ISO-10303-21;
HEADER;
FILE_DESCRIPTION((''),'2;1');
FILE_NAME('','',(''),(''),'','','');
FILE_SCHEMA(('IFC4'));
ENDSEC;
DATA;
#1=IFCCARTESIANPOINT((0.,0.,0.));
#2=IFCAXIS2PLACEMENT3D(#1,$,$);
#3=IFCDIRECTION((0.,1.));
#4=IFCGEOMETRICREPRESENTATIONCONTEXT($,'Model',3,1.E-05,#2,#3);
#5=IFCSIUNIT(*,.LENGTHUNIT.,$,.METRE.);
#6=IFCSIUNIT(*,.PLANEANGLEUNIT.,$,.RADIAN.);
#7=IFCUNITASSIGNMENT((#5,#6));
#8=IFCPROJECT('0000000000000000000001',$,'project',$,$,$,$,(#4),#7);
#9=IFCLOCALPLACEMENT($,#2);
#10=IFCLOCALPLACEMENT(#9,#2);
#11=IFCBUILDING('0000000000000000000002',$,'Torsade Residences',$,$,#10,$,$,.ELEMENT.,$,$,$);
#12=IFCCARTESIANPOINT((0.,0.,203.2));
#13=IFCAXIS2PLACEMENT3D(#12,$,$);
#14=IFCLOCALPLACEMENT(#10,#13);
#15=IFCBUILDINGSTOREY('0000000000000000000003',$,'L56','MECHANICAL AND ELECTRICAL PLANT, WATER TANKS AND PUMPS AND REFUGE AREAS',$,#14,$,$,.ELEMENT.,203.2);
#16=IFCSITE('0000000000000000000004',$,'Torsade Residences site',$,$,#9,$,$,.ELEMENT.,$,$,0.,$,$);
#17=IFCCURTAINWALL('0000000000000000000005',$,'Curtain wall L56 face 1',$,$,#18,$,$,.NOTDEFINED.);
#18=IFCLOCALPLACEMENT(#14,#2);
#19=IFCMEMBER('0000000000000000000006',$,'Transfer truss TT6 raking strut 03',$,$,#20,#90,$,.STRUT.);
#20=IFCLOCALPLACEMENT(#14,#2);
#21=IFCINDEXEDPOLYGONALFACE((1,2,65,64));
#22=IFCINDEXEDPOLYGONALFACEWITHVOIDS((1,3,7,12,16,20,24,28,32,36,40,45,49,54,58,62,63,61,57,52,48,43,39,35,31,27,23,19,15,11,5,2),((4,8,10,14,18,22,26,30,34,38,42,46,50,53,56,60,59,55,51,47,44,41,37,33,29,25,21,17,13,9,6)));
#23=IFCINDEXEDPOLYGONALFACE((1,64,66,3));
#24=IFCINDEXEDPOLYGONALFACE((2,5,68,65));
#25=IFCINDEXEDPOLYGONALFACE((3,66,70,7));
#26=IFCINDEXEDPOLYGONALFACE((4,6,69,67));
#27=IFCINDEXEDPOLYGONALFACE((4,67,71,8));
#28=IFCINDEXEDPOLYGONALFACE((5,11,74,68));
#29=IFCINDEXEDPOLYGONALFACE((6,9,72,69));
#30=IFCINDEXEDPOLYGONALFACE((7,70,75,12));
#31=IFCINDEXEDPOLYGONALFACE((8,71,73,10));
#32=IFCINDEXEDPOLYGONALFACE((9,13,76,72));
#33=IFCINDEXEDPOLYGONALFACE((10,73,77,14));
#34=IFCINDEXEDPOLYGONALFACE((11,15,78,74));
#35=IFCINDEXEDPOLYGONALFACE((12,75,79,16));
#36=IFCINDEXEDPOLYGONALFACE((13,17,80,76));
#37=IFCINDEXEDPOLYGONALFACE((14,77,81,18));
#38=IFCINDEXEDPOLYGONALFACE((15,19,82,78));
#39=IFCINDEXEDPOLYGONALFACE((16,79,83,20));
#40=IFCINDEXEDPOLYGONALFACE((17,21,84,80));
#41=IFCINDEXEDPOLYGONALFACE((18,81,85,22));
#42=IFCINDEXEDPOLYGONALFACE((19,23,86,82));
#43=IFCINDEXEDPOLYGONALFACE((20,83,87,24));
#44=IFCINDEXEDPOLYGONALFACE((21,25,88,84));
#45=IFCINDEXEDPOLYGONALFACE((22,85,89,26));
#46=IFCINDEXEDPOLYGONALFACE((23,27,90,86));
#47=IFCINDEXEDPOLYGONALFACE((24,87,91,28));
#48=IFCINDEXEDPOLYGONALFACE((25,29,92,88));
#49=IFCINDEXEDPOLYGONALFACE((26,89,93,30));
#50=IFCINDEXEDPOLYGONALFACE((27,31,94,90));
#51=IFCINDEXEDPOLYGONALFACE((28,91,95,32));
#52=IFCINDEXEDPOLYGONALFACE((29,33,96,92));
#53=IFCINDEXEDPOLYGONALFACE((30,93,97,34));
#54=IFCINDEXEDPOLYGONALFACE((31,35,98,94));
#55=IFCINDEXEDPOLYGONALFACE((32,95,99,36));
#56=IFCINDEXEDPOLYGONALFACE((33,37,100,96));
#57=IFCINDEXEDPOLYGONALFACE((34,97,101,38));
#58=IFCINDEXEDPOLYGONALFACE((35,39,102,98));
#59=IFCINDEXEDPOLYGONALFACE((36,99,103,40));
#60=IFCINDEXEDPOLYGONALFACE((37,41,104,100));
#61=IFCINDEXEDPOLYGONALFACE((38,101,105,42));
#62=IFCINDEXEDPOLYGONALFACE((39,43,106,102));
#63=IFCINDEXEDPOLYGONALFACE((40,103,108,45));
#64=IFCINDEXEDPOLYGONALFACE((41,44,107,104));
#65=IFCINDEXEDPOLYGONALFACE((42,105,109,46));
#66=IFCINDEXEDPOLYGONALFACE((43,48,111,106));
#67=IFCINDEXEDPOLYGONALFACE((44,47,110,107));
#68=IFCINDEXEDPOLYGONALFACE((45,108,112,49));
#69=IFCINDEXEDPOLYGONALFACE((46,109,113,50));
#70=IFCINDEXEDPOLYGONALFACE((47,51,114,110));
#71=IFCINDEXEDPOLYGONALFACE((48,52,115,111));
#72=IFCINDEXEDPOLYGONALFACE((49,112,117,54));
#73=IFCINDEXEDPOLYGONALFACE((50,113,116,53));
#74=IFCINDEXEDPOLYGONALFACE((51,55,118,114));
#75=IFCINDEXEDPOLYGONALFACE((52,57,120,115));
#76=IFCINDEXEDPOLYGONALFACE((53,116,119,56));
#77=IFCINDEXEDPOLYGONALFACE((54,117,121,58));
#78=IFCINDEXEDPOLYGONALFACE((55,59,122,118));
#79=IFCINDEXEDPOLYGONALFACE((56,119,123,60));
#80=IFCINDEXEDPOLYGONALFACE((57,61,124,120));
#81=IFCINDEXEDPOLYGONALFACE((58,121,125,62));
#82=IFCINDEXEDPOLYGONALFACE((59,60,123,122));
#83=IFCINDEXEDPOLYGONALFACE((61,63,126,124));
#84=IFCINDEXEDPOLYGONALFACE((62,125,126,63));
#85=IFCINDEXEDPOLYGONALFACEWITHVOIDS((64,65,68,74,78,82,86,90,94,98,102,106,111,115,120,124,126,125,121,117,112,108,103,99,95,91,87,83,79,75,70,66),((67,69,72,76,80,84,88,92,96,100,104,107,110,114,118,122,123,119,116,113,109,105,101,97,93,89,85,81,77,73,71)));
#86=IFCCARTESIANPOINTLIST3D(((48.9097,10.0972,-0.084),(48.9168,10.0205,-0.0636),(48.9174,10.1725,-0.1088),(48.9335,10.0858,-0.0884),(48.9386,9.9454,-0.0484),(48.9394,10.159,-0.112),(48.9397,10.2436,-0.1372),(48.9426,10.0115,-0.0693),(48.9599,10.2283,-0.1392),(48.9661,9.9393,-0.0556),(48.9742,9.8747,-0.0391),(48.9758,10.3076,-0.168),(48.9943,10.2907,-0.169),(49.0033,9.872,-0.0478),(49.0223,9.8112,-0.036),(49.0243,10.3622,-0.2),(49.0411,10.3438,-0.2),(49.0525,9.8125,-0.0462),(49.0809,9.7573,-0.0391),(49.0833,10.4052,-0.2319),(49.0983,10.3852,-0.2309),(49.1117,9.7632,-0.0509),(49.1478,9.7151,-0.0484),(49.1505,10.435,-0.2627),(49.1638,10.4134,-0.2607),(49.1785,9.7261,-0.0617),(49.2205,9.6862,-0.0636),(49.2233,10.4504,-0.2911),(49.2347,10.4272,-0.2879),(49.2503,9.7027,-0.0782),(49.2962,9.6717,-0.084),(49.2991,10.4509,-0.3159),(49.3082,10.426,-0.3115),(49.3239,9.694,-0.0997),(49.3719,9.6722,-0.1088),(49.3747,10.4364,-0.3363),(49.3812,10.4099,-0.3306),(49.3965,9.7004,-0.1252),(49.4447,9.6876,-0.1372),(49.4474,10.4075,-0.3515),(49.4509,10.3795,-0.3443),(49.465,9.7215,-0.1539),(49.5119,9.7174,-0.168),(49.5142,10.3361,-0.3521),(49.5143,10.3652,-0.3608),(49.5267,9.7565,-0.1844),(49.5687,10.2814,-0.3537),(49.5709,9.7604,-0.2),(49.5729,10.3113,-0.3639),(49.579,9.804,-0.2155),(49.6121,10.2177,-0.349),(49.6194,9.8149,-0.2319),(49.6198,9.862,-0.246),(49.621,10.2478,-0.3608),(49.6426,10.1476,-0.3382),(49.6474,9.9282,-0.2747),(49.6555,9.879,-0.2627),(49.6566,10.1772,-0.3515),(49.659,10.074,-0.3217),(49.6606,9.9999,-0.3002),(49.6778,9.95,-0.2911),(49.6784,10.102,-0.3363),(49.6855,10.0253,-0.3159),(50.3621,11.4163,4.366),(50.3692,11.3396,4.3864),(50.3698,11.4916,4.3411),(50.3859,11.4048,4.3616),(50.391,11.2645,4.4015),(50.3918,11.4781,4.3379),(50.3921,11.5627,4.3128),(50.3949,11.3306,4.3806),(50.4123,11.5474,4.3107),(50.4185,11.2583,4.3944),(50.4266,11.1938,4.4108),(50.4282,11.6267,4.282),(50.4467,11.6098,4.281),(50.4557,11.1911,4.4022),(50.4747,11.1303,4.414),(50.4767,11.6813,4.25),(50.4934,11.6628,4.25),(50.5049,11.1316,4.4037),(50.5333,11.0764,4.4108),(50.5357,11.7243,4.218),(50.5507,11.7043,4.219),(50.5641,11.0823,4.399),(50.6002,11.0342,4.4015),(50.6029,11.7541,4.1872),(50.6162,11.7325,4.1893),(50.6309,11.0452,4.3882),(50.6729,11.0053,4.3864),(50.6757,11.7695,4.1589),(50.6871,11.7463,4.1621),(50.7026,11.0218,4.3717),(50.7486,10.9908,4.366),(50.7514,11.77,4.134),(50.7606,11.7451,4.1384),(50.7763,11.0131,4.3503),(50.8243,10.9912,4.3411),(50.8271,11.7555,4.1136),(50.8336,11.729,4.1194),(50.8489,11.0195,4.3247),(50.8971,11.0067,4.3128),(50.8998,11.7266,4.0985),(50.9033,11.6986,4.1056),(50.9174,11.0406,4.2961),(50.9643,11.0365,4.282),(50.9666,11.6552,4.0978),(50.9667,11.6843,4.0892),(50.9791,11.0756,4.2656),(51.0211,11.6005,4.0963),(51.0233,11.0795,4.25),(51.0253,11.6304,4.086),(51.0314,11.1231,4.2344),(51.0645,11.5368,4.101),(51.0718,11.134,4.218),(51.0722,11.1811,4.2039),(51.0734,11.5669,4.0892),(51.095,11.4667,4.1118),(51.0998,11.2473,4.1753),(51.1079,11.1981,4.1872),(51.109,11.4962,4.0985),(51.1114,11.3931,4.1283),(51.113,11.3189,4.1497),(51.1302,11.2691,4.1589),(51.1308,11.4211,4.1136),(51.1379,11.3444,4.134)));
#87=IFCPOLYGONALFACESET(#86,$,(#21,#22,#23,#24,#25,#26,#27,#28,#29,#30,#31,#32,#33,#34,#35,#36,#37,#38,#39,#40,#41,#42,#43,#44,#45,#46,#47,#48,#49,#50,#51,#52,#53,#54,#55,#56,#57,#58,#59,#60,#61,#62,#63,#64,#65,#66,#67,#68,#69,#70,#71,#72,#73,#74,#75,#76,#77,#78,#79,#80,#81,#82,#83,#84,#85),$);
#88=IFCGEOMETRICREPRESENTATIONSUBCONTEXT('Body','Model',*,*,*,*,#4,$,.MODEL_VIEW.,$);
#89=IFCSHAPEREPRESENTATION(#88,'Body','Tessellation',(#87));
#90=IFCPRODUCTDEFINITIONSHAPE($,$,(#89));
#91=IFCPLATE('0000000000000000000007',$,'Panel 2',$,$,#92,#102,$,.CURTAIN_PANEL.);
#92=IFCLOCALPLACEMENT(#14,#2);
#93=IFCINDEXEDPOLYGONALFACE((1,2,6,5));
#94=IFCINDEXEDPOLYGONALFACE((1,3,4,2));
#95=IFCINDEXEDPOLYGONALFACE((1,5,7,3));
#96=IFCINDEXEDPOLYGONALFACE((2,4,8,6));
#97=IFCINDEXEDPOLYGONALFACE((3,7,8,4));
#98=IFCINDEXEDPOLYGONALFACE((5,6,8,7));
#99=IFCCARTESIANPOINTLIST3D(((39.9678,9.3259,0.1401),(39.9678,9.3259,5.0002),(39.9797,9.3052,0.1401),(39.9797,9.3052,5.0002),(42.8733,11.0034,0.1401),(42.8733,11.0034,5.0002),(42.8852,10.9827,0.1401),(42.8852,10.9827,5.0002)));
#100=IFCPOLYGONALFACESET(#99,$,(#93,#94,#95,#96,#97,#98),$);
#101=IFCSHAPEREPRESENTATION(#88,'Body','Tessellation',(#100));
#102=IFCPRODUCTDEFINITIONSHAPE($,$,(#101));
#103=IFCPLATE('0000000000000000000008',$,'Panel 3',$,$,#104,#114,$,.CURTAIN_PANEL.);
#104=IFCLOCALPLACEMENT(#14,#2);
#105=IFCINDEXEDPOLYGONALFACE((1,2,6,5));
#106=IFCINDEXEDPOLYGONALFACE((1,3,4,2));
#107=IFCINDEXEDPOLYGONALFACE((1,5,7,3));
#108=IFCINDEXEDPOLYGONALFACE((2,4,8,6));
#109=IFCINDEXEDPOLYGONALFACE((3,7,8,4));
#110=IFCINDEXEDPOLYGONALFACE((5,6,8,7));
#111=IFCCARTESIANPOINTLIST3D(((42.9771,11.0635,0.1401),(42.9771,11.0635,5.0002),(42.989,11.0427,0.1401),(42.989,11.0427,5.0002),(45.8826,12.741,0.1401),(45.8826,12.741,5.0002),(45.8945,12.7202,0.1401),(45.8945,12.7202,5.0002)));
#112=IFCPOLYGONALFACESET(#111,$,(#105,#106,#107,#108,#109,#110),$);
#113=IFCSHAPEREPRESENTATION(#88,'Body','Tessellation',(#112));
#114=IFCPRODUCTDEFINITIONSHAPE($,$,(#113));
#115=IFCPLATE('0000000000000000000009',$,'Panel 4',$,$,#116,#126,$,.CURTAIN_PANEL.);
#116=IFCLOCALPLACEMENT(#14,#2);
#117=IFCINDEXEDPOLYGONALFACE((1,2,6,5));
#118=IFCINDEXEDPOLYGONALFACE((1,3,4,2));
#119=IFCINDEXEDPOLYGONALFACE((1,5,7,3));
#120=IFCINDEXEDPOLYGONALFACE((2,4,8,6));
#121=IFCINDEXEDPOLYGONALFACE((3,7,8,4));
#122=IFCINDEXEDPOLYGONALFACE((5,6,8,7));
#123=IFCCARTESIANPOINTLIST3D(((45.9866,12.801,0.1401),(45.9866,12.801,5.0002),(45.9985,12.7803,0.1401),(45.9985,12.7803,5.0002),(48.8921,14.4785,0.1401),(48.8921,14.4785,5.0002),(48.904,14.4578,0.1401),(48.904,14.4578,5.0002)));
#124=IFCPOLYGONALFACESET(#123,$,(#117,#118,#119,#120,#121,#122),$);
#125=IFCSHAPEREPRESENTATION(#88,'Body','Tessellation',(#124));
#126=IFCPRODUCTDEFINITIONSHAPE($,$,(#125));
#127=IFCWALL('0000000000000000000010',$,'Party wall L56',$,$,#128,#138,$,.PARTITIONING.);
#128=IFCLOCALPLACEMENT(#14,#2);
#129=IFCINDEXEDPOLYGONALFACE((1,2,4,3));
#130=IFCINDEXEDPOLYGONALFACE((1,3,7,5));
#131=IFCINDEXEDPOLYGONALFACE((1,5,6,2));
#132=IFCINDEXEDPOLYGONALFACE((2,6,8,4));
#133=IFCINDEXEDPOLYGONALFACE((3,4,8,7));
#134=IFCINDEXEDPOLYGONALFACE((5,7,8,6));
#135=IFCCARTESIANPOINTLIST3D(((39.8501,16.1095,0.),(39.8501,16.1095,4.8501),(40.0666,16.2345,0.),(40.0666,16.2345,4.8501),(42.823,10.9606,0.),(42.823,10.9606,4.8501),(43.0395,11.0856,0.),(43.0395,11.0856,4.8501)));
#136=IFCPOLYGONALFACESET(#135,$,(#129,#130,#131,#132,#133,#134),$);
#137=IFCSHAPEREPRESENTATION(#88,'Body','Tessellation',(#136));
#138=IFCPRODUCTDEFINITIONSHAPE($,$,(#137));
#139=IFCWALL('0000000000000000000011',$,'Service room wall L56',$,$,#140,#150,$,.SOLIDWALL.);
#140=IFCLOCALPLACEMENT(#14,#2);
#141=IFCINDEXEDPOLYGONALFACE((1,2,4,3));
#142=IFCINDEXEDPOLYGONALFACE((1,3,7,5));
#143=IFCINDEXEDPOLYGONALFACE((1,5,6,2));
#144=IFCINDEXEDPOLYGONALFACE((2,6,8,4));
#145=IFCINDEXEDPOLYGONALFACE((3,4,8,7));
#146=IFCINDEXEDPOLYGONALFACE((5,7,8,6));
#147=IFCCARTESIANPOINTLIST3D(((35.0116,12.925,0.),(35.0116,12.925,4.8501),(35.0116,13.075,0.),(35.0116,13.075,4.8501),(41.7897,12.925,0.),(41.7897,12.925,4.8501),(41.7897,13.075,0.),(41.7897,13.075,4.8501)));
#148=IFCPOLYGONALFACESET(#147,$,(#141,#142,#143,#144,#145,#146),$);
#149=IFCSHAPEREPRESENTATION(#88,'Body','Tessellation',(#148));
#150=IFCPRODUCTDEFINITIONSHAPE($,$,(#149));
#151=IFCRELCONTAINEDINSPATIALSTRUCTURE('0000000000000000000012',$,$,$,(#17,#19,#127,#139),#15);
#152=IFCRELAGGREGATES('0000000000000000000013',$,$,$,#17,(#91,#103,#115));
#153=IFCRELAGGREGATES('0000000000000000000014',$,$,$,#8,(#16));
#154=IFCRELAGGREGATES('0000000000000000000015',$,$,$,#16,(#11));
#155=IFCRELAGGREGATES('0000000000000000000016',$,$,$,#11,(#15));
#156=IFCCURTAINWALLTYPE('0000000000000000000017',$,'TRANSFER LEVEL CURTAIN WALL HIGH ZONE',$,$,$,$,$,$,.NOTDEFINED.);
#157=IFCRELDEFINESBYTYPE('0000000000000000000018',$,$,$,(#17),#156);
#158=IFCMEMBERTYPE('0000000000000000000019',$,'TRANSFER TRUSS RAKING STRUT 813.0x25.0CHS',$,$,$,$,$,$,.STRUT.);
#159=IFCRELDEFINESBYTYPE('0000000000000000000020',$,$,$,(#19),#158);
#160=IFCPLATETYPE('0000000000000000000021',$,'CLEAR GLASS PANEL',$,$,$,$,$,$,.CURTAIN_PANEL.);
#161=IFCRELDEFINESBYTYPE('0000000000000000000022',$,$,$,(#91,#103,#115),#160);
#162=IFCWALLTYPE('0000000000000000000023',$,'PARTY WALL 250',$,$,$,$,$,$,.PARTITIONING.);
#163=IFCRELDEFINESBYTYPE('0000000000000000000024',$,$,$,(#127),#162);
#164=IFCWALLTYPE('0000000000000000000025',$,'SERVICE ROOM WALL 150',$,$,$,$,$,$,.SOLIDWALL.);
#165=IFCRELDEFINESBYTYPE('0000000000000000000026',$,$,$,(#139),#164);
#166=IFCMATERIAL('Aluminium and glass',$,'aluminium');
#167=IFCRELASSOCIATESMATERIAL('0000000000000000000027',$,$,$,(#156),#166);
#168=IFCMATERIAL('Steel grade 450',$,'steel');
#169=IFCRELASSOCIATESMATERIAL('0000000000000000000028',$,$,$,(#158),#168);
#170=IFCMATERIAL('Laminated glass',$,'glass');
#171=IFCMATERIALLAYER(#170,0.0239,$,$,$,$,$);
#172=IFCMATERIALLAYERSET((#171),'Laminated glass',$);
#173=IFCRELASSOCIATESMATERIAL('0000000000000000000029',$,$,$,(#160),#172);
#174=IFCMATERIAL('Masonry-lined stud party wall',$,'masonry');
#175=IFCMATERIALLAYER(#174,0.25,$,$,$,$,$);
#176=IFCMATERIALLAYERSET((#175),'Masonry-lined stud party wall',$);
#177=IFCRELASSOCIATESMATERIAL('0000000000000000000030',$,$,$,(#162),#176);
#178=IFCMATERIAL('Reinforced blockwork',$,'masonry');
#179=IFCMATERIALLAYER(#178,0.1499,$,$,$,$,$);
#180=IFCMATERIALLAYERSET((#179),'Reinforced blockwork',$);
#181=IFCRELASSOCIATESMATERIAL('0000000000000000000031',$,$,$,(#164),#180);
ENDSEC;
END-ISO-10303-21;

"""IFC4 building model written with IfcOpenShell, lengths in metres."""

from ifc_helpers import new_model, si_unit, direction, frame, frame_2d, origin, origin_2d, place, context, subcontext, project, spatial, rectangle, hollow_circle, extrude, material, layer, layer_set, material_profile, profile_set, type_object, element, aggregate, save


model = new_model("IFC4")

# Units and contexts
model_context = context("Model", 3, precision=1e-05, world=origin(), true_north=direction((0.0, 1.0)))
body_context = subcontext(model_context, "Body", "Model", "MODEL_VIEW")
ifc_project = project(units=[si_unit("LENGTHUNIT", "METRE"), si_unit("PLANEANGLEUNIT", "RADIAN")], contexts=[model_context])

# Site, building, storey
site_placement = place(None, origin())
site = spatial("IfcSite", under=ifc_project, at=site_placement, Name="Torsade Residences site", CompositionType="ELEMENT", RefElevation=0.0)
building_placement = place(site_placement, origin())
building = spatial("IfcBuilding", under=site, at=building_placement, Name="Torsade Residences", CompositionType="ELEMENT")
storey_placement = place(building_placement, frame((0.0, 0.0, 203.2)))
storey = spatial("IfcBuildingStorey", under=building, at=storey_placement, Name="L56", Description="MECHANICAL AND ELECTRICAL PLANT, WATER TANKS AND PUMPS AND REFUGE AREAS", CompositionType="ELEMENT", Elevation=203.2)

# Curtain wall
ifc_material_1 = material(Name="Aluminium and glass", Category="aluminium")
curtain_wall_type = type_object("IfcCurtainWallType", Name="TRANSFER LEVEL CURTAIN WALL HIGH ZONE", PredefinedType="NOTDEFINED", material=ifc_material_1)
curtain_wall_placement = place(storey_placement, origin())
curtain_wall = element("IfcCurtainWall", 1, at=curtain_wall_placement, inside=storey, type_object=curtain_wall_type, Name="Curtain wall L56 face 1", PredefinedType="NOTDEFINED")

# Member
ifc_material_2 = material(Name="Steel grade 450", Category="steel")
ifc_material_profile_1 = material_profile(ifc_material_2, hollow_circle(Radius=0.4065, WallThickness=0.0249, at=origin_2d()), Name="813.0x25.0CHS")
ifc_profile_set_1 = profile_set([ifc_material_profile_1], Name="Steel grade 450")
member_type_1 = type_object("IfcMemberType", Name="TRANSFER TRUSS RAKING STRUT 813.0x25.0CHS", PredefinedType="STRUT", material=ifc_profile_set_1)
member_1_placement = place(storey_placement, frame((49.2976, 10.0613, -0.2), z_axis=(0.298645, 0.271235, 0.91501), x_axis=(-0.67232, 0.740261, 0.0)))
element("IfcMember", 2, at=member_1_placement, inside=storey, type_object=member_type_1, Name="Transfer truss TT6 raking strut 03", PredefinedType="STRUT", context=body_context, shape_type="SweptSolid", body=[
    extrude(hollow_circle(Radius=0.4065, WallThickness=0.0249, at=origin_2d()), origin(), (0.0, 0.0, 1.0), 4.8633),
])

# Plates
ifc_material_3 = material(Name="Laminated glass", Category="glass")
ifc_layer_1 = layer(ifc_material_3, 0.0239)
ifc_layer_set_1 = layer_set([ifc_layer_1], Name="Laminated glass")
plate_type = type_object("IfcPlateType", Name="CLEAR GLASS PANEL", PredefinedType="CURTAIN_PANEL", material=ifc_layer_set_1)
plate_1_placement = place(storey_placement, frame((41.4265, 10.1543, 0.1401), z_axis=(0.0, 0.0, 1.0), x_axis=(0.866025, 0.5, 0.0)))
plate_1 = element("IfcPlate", 3, at=plate_1_placement, type_object=plate_type, Name="Panel 2", PredefinedType="CURTAIN_PANEL", context=body_context, shape_type="SweptSolid", body=[
    extrude(rectangle(XDim=3.355, YDim=0.0239, at=origin_2d()), origin(), (0.0, 0.0, 1.0), 4.8601),
])
plate_2_placement = place(storey_placement, frame((44.4358, 11.8918, 0.1401), z_axis=(0.0, 0.0, 1.0), x_axis=(0.866025, 0.5, 0.0)))
plate_2 = element("IfcPlate", 4, at=plate_2_placement, type_object=plate_type, Name="Panel 3", PredefinedType="CURTAIN_PANEL", context=body_context, shape_type="SweptSolid", body=[
    extrude(rectangle(XDim=3.355, YDim=0.0239, at=origin_2d()), origin(), (0.0, 0.0, 1.0), 4.8601),
])
plate_3_placement = place(storey_placement, frame((47.4453, 13.6294, 0.1401), z_axis=(0.0, 0.0, 1.0), x_axis=(0.866025, 0.5, 0.0)))
plate_3 = element("IfcPlate", 5, at=plate_3_placement, type_object=plate_type, Name="Panel 4", PredefinedType="CURTAIN_PANEL", context=body_context, shape_type="SweptSolid", body=[
    extrude(rectangle(XDim=3.355, YDim=0.0239, at=origin_2d()), origin(), (0.0, 0.0, 1.0), 4.8601),
])
aggregate(curtain_wall, [plate_1, plate_2, plate_3])

# Walls
ifc_material_4 = material(Name="Masonry-lined stud party wall", Category="masonry")
ifc_layer_2 = layer(ifc_material_4, 0.25)
ifc_layer_set_2 = layer_set([ifc_layer_2], Name="Masonry-lined stud party wall")
wall_type_1 = type_object("IfcWallType", Name="PARTY WALL 250", PredefinedType="PARTITIONING", material=ifc_layer_set_2)
wall_1_placement = place(storey_placement, frame((42.9312, 11.0232, 0.0), z_axis=(0.0, 0.0, 1.0), x_axis=(-0.500021, 0.866013, 0.0)))
element("IfcWall", 6, at=wall_1_placement, inside=storey, type_object=wall_type_1, Name="Party wall L56", PredefinedType="PARTITIONING", context=body_context, shape_type="SweptSolid", body=[
    extrude(rectangle(XDim=5.9456, YDim=0.25, at=frame_2d((2.9727, 0.0))), origin(), (0.0, 0.0, 1.0), 4.8501),
])
ifc_material_5 = material(Name="Reinforced blockwork", Category="masonry")
ifc_layer_3 = layer(ifc_material_5, 0.1499)
ifc_layer_set_3 = layer_set([ifc_layer_3], Name="Reinforced blockwork")
wall_type_2 = type_object("IfcWallType", Name="SERVICE ROOM WALL 150", PredefinedType="SOLIDWALL", material=ifc_layer_set_3)
wall_2_placement = place(storey_placement, frame((41.7898, 13.0, 0.0), z_axis=(0.0, 0.0, 1.0), x_axis=(-1.0, 0.0, 0.0)))
element("IfcWall", 7, at=wall_2_placement, inside=storey, type_object=wall_type_2, Name="Service room wall L56", PredefinedType="SOLIDWALL", context=body_context, shape_type="SweptSolid", body=[
    extrude(rectangle(XDim=6.7781, YDim=0.1499, at=frame_2d((3.3892, 0.0))), origin(), (0.0, 0.0, 1.0), 4.8501),
])

save(model, "model.ifc")
